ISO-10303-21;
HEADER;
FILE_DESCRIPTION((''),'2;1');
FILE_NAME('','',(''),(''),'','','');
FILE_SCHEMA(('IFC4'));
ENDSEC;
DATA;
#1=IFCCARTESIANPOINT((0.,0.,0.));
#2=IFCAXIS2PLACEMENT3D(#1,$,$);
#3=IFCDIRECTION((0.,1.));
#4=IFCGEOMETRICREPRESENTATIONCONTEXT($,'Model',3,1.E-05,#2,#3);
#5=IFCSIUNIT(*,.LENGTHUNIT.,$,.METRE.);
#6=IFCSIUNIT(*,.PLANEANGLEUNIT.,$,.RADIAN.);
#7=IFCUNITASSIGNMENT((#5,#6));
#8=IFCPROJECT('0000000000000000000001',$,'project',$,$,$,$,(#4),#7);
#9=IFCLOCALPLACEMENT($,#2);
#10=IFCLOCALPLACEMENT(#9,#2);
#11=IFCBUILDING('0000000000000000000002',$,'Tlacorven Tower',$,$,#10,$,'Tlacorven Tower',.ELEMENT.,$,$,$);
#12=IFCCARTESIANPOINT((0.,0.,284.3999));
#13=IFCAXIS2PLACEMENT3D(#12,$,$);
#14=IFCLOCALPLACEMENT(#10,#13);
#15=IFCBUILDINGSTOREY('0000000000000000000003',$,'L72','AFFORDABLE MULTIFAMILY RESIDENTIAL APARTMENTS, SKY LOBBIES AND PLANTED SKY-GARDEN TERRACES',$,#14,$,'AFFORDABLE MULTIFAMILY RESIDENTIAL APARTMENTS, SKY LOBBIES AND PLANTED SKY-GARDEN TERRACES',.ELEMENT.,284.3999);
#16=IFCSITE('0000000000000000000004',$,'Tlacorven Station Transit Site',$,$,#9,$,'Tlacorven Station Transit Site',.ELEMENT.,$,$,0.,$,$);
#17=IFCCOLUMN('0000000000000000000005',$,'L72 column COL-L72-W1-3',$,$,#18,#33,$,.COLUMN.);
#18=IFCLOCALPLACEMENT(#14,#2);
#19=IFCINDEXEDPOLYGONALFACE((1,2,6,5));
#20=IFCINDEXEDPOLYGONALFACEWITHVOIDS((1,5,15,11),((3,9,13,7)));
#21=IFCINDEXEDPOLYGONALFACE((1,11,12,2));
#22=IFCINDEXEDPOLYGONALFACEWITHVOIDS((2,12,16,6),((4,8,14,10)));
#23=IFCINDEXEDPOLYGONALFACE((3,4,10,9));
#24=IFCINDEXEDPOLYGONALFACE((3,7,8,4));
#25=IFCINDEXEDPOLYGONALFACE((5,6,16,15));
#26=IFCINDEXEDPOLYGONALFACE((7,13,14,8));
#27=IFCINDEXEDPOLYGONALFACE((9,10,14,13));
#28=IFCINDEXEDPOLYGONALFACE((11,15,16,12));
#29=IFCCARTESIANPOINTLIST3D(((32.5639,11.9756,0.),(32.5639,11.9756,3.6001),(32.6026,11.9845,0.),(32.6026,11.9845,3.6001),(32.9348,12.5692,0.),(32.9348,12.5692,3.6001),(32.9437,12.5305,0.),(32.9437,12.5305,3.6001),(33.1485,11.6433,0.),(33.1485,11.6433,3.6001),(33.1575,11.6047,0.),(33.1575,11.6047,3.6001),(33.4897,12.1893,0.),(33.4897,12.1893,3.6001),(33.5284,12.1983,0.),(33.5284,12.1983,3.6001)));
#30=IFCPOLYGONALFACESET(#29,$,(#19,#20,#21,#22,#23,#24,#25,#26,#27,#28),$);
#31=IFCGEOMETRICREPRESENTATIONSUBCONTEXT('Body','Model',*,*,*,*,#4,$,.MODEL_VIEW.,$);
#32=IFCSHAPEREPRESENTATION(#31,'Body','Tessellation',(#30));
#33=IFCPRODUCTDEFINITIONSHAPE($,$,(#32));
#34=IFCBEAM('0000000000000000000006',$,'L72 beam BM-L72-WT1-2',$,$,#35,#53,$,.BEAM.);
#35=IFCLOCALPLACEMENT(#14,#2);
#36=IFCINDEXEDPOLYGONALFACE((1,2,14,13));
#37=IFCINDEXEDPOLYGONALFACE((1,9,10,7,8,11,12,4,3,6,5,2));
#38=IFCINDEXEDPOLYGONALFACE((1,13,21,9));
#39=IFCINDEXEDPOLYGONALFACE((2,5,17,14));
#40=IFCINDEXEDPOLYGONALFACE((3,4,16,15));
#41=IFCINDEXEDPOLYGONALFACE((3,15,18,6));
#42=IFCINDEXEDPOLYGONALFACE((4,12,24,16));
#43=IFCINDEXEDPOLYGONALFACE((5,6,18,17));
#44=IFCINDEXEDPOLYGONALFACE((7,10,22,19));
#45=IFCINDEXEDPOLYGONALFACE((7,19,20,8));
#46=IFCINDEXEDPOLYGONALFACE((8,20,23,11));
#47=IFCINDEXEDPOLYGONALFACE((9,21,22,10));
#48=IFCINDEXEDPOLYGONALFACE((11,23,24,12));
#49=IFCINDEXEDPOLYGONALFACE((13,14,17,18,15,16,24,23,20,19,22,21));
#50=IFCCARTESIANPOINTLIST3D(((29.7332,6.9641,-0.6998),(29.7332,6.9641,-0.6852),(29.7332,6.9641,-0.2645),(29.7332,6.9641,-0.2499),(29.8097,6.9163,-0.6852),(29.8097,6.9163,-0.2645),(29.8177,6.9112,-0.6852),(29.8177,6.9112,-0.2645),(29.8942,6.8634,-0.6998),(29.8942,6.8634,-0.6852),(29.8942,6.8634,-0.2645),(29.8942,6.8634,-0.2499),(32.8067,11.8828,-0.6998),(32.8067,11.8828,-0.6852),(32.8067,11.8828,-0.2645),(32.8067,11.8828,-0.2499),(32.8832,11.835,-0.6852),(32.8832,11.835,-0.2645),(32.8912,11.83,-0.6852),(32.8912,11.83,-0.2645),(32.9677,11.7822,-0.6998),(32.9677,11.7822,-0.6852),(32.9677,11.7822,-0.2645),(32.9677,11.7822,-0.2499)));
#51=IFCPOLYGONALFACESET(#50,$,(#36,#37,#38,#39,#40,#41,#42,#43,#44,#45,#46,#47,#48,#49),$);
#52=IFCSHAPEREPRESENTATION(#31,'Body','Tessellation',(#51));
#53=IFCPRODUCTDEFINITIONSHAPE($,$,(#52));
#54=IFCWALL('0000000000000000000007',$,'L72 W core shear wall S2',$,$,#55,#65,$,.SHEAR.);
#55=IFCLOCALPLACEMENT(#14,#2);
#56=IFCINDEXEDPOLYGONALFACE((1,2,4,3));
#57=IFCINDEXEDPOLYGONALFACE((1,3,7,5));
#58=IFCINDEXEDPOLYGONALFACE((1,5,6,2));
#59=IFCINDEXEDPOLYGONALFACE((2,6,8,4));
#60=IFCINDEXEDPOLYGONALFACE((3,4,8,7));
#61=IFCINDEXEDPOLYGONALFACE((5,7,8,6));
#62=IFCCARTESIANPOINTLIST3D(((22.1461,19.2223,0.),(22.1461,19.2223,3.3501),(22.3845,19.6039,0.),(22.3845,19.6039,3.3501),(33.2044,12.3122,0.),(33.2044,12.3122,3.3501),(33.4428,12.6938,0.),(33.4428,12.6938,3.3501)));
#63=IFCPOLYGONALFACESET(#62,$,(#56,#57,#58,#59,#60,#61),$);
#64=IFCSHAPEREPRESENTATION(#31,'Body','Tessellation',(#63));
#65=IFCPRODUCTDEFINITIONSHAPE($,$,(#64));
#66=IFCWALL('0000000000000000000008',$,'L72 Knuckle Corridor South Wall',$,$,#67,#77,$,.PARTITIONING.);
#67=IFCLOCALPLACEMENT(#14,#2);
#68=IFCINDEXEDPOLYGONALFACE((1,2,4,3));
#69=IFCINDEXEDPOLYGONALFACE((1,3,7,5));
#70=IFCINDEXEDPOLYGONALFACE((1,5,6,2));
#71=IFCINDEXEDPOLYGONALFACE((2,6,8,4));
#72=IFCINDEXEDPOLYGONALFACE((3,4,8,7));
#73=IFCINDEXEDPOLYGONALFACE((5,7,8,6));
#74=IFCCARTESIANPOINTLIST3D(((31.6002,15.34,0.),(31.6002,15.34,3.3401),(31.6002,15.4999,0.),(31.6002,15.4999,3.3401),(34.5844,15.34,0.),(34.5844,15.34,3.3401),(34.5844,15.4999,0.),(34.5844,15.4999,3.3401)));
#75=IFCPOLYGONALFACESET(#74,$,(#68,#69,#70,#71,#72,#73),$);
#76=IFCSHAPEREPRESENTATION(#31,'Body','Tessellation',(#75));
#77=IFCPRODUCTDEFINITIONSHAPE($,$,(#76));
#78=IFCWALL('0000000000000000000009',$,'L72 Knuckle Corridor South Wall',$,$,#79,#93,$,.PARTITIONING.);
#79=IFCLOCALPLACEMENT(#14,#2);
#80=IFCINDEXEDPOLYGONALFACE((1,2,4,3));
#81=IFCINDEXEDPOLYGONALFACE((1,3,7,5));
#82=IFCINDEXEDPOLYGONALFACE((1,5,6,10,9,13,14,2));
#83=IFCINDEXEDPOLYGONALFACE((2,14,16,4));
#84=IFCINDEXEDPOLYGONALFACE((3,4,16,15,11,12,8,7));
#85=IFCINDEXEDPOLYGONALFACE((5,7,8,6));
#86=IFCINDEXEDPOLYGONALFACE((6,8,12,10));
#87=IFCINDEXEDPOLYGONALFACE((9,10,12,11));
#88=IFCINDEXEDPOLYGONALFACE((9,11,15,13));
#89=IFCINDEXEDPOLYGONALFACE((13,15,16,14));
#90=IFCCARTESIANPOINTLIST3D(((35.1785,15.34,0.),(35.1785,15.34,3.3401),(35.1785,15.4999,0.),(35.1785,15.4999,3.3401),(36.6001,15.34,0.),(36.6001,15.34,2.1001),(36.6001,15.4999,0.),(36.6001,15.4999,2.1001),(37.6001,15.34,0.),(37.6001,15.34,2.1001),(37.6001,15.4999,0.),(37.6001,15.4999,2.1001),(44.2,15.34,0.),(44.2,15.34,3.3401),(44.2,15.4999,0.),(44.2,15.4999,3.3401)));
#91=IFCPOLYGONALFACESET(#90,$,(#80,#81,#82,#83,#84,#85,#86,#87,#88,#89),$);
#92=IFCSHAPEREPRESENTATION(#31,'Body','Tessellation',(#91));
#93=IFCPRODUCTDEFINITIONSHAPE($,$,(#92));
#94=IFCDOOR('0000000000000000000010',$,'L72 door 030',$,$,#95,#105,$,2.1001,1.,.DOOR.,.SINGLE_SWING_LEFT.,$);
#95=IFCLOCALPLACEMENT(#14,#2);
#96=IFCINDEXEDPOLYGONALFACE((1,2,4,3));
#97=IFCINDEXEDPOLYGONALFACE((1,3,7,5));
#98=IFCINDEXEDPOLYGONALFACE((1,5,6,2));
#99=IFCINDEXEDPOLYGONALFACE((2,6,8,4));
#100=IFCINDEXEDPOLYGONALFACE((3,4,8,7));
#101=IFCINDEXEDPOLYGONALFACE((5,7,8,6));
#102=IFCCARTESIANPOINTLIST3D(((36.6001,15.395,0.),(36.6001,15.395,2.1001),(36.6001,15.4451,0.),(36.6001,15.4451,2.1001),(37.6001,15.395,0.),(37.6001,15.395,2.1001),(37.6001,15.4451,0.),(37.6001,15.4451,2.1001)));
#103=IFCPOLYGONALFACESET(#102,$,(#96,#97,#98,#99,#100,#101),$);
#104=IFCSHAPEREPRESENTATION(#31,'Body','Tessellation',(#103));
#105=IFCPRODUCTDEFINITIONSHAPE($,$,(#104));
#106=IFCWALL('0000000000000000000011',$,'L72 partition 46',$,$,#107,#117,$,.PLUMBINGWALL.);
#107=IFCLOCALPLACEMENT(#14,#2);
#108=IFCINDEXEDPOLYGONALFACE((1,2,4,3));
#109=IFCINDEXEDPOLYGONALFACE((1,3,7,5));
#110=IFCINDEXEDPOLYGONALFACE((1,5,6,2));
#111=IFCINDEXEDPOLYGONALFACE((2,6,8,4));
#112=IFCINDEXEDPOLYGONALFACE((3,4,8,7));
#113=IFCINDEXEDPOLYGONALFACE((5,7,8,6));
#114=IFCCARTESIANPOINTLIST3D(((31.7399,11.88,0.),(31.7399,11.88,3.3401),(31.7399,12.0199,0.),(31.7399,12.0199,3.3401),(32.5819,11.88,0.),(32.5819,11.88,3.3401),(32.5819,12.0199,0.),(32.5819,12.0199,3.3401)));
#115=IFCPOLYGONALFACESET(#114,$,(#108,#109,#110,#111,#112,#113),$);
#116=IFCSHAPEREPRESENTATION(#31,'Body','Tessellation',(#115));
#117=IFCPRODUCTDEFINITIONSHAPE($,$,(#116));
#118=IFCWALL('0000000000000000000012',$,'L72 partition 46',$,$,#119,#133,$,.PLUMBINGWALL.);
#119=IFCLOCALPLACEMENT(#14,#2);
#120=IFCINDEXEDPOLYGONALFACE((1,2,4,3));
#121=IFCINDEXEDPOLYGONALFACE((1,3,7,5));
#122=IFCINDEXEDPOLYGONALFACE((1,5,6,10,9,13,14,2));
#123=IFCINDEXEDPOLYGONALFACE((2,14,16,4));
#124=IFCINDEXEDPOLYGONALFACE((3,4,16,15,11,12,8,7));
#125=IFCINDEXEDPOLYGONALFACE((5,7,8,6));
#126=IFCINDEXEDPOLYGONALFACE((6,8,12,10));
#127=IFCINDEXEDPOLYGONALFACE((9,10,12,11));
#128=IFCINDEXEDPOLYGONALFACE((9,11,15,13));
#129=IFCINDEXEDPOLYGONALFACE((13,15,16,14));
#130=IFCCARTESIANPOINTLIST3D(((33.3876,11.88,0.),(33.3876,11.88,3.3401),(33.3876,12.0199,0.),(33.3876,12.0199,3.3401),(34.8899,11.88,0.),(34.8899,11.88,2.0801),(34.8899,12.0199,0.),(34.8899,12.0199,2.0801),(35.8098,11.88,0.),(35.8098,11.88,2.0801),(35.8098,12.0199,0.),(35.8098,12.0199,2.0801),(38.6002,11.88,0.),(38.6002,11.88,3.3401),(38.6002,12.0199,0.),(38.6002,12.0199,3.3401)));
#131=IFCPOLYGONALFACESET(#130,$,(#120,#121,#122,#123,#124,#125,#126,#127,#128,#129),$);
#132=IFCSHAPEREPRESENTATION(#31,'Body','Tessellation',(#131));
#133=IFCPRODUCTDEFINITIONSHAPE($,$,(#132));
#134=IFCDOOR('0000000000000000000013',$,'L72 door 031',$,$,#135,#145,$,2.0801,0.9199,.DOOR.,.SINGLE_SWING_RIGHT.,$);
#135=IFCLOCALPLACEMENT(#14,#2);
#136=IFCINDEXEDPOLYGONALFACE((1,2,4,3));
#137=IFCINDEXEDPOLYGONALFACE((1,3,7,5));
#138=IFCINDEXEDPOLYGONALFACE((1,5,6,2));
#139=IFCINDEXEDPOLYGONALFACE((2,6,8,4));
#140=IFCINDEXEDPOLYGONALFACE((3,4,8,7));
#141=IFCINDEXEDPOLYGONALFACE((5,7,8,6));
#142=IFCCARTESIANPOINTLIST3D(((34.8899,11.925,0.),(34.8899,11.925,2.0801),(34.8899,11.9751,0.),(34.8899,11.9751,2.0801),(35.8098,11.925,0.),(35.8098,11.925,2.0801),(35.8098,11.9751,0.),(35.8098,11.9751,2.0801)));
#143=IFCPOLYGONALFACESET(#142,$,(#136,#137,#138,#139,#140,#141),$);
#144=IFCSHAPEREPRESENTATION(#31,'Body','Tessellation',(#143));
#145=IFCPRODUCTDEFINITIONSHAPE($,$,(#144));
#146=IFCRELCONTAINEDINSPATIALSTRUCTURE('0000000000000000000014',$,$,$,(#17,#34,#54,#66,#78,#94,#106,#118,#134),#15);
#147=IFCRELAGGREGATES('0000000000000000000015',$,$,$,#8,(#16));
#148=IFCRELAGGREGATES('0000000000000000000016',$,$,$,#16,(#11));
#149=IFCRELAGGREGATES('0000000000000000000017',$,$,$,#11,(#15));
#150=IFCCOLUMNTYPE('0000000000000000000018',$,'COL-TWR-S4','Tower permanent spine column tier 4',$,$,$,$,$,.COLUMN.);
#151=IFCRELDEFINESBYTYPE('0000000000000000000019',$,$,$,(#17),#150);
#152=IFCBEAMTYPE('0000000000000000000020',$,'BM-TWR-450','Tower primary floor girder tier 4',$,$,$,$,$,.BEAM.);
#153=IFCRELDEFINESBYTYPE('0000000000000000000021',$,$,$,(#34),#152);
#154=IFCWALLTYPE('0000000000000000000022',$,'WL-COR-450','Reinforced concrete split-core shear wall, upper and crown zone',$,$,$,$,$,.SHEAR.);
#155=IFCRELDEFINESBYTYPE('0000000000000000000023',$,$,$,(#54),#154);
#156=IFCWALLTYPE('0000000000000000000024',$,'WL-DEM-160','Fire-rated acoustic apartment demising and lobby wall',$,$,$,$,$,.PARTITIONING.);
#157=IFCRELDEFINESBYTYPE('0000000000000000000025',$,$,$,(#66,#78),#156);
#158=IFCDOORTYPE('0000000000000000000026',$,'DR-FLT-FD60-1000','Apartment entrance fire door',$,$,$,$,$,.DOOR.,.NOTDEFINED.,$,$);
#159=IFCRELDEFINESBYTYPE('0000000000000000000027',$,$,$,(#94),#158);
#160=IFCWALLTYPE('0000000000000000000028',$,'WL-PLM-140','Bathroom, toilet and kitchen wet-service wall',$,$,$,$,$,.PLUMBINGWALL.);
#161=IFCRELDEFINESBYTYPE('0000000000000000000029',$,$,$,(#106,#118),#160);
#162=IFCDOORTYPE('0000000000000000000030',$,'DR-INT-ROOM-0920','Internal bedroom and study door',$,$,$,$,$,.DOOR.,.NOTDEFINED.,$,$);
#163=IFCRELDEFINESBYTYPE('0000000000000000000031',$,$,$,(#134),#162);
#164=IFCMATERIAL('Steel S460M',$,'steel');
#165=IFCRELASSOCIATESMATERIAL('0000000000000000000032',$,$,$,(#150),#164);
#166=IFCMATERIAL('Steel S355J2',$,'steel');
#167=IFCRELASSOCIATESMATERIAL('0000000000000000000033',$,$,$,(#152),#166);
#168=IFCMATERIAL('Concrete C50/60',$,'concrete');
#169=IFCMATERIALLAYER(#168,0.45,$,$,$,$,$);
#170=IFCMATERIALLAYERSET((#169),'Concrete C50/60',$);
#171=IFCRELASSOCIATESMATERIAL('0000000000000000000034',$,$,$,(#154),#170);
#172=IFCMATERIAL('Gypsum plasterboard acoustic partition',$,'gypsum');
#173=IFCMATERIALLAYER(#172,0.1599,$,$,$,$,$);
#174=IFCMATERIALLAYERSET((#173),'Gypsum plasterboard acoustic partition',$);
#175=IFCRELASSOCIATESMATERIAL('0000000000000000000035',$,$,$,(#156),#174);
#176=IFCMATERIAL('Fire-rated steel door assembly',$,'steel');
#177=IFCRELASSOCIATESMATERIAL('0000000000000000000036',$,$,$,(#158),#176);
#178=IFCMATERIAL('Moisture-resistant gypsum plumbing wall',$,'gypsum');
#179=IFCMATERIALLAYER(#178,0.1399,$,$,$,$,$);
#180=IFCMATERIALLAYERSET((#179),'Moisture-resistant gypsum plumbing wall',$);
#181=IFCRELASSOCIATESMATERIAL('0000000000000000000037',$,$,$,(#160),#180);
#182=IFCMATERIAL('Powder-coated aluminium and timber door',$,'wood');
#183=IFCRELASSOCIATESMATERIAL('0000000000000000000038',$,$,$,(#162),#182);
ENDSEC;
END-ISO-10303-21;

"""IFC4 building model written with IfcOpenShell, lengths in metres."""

from ifc_helpers import new_model, si_unit, direction, frame, frame_2d, origin, origin_2d, place, context, subcontext, project, spatial, rectangle, hollow_rectangle, i_section, extrude, source, transform, mapped, material, layer, layer_set, material_profile, profile_set, type_object, element, fill, save


model = new_model("IFC4")

# Units and contexts
model_context = context("Model", 3, precision=1e-05, world=origin(), true_north=direction((0.0, 1.0)))
body_context = subcontext(model_context, "Body", "Model", "MODEL_VIEW")
ifc_project = project(units=[si_unit("LENGTHUNIT", "METRE"), si_unit("PLANEANGLEUNIT", "RADIAN")], contexts=[model_context])

# Site, building, storey
site_placement = place(None, origin())
site = spatial("IfcSite", under=ifc_project, at=site_placement, Name="Tlacorven Station Transit Site", LongName="Tlacorven Station Transit Site", CompositionType="ELEMENT", RefElevation=0.0)
building_placement = place(site_placement, origin())
building = spatial("IfcBuilding", under=site, at=building_placement, Name="Tlacorven Tower", LongName="Tlacorven Tower", CompositionType="ELEMENT")
storey_placement = place(building_placement, frame((0.0, 0.0, 284.3999)))
storey = spatial("IfcBuildingStorey", under=building, at=storey_placement, Name="L72", Description="AFFORDABLE MULTIFAMILY RESIDENTIAL APARTMENTS, SKY LOBBIES AND PLANTED SKY-GARDEN TERRACES", LongName="AFFORDABLE MULTIFAMILY RESIDENTIAL APARTMENTS, SKY LOBBIES AND PLANTED SKY-GARDEN TERRACES", CompositionType="ELEMENT", Elevation=284.3999)

# Column
ifc_material_1 = material(Name="Steel S460M", Category="steel")
ifc_material_profile_1 = material_profile(ifc_material_1, hollow_rectangle(XDim=0.7, YDim=0.7, WallThickness=0.0281, at=origin_2d()), Name="BOX 700X700X28")
ifc_profile_set_1 = profile_set([ifc_material_profile_1], Name="Steel S460M")
column_type = type_object("IfcColumnType", Name="COL-TWR-S4", Description="Tower permanent spine column tier 4", PredefinedType="COLUMN", material=ifc_profile_set_1)
shared_shape_1 = source(origin(), body_context, "Body", "SweptSolid", [
    extrude(hollow_rectangle(XDim=0.7, YDim=0.7, WallThickness=0.0281, at=origin_2d()), origin(), (0.0, 0.0, 1.0), 3.6001),
])
column_placement = place(storey_placement, frame((33.0461, 12.0869, 0.0), z_axis=(0.0, 0.0, 1.0), x_axis=(-0.848048, 0.529919, 0.0)))
element("IfcColumn", 1, at=column_placement, inside=storey, type_object=column_type, Name="L72 column COL-L72-W1-3", PredefinedType="COLUMN", context=body_context, shape_type="MappedRepresentation", body=[
    mapped(shared_shape_1, transform((0.0, 0.0, 0.0), scale=1.0)),
])

# Beam
ifc_material_2 = material(Name="Steel S355J2", Category="steel")
ifc_material_profile_2 = material_profile(ifc_material_2, i_section(OverallWidth=0.1899, OverallDepth=0.45, WebThickness=0.0095, FlangeThickness=0.0146, at=origin_2d()), Name="IPE 450")
ifc_profile_set_2 = profile_set([ifc_material_profile_2], Name="Steel S355J2")
beam_type = type_object("IfcBeamType", Name="BM-TWR-450", Description="Tower primary floor girder tier 4", PredefinedType="BEAM", material=ifc_profile_set_2)
shared_shape_2 = source(origin(), body_context, "Body", "SweptSolid", [
    extrude(i_section(OverallWidth=0.1899, OverallDepth=0.45, WebThickness=0.0095, FlangeThickness=0.0146, at=origin_2d()), origin(), (0.0, 0.0, 1.0), 5.8),
])
beam_placement = place(storey_placement, frame((32.8872, 11.8325, -0.4749), z_axis=(-0.529912, -0.848053, 0.0), x_axis=(0.848053, -0.529912, 0.0)))
element("IfcBeam", 2, at=beam_placement, inside=storey, type_object=beam_type, Name="L72 beam BM-L72-WT1-2", PredefinedType="BEAM", context=body_context, shape_type="MappedRepresentation", body=[
    mapped(shared_shape_2, transform((0.0, 0.0, 0.0), scale=1.0)),
])

# Walls
ifc_material_3 = material(Name="Concrete C50/60", Category="concrete")
ifc_layer_1 = layer(ifc_material_3, 0.45)
ifc_layer_set_1 = layer_set([ifc_layer_1], Name="Concrete C50/60")
wall_type_1 = type_object("IfcWallType", Name="WL-COR-450", Description="Reinforced concrete split-core shear wall, upper and crown zone", PredefinedType="SHEAR", material=ifc_layer_set_1)
wall_1_placement = place(storey_placement, frame((33.3237, 12.5029, 0.0), z_axis=(0.0, 0.0, 1.0), x_axis=(-0.848044, 0.529927, 0.0)))
element("IfcWall", 3, at=wall_1_placement, inside=storey, type_object=wall_type_1, Name="L72 W core shear wall S2", PredefinedType="SHEAR", context=body_context, shape_type="SweptSolid", body=[
    extrude(rectangle(XDim=13.0398, YDim=0.45, at=frame_2d((6.52, 0.0))), origin(), (0.0, 0.0, 1.0), 3.3501),
])
ifc_material_4 = material(Name="Gypsum plasterboard acoustic partition", Category="gypsum")
ifc_layer_2 = layer(ifc_material_4, 0.1599)
ifc_layer_set_2 = layer_set([ifc_layer_2], Name="Gypsum plasterboard acoustic partition")
wall_type_2 = type_object("IfcWallType", Name="WL-DEM-160", Description="Fire-rated acoustic apartment demising and lobby wall", PredefinedType="PARTITIONING", material=ifc_layer_set_2)
wall_2_placement = place(storey_placement, frame((31.6001, 15.4199, 0.0), z_axis=(0.0, 0.0, 1.0), x_axis=(1.0, 0.0, 0.0)))
element("IfcWall", 4, at=wall_2_placement, inside=storey, type_object=wall_type_2, Name="L72 Knuckle Corridor South Wall", PredefinedType="PARTITIONING", context=body_context, shape_type="SweptSolid", body=[
    extrude(rectangle(XDim=2.9841, YDim=0.1599, at=frame_2d((1.4922, 0.0))), origin(), (0.0, 0.0, 1.0), 3.3401),
])

# Wall, opening, door
wall_3_placement = place(storey_placement, frame((35.1785, 15.4199, 0.0), z_axis=(0.0, 0.0, 1.0), x_axis=(1.0, 0.0, 0.0)))
wall_3 = element("IfcWall", 5, at=wall_3_placement, inside=storey, type_object=wall_type_2, Name="L72 Knuckle Corridor South Wall", PredefinedType="PARTITIONING", context=body_context, shape_type="SweptSolid", body=[
    extrude(rectangle(XDim=9.0215, YDim=0.1599, at=frame_2d((4.5107, 0.0))), origin(), (0.0, 0.0, 1.0), 3.3401),
])
opening_1_placement = place(wall_3_placement, frame((1.4216, 0.0, 0.0)))
opening_1 = element("IfcOpeningElement", 6, at=opening_1_placement, cuts=wall_3, PredefinedType="OPENING", context=body_context, shape_type="SweptSolid", body=[
    extrude(rectangle(XDim=1.0, YDim=2.1001, at=frame_2d((0.5, 1.05))), frame((0.0, 0.0898, 0.0), z_axis=(0.0, -1.0, 0.0), x_axis=(1.0, 0.0, 0.0)), (0.0, 0.0, 1.0), 0.1799),
])
ifc_material_5 = material(Name="Fire-rated steel door assembly", Category="steel")
door_type_1 = type_object("IfcDoorType", Name="DR-FLT-FD60-1000", Description="Apartment entrance fire door", OperationType="NOTDEFINED", PredefinedType="DOOR", material=ifc_material_5)
shared_shape_3 = source(origin(), body_context, "Body", "SweptSolid", [
    extrude(rectangle(XDim=1.0, YDim=2.1001, at=frame_2d((0.5, 1.05))), frame((0.0, 0.0249, 0.0), z_axis=(0.0, -1.0, 0.0), x_axis=(1.0, 0.0, 0.0)), (0.0, 0.0, 1.0), 0.05),
])
door_1_placement = place(opening_1_placement, frame((1.0, 0.0, 0.0), z_axis=(0.0, 0.0, 1.0), x_axis=(-1.0, 0.0, 0.0)))
door_1 = element("IfcDoor", 7, at=door_1_placement, inside=storey, type_object=door_type_1, Name="L72 door 030", OperationType="SINGLE_SWING_LEFT", OverallHeight=2.1001, OverallWidth=1.0, PredefinedType="DOOR", context=body_context, shape_type="MappedRepresentation", body=[
    mapped(shared_shape_3, transform((0.0, 0.0, 0.0), scale=1.0)),
])
fill(opening_1, door_1)

# Wall
ifc_material_6 = material(Name="Moisture-resistant gypsum plumbing wall", Category="gypsum")
ifc_layer_3 = layer(ifc_material_6, 0.1399)
ifc_layer_set_3 = layer_set([ifc_layer_3], Name="Moisture-resistant gypsum plumbing wall")
wall_type_3 = type_object("IfcWallType", Name="WL-PLM-140", Description="Bathroom, toilet and kitchen wet-service wall", PredefinedType="PLUMBINGWALL", material=ifc_layer_set_3)
wall_4_placement = place(storey_placement, frame((31.74, 11.95, 0.0), z_axis=(0.0, 0.0, 1.0), x_axis=(1.0, 0.0, 0.0)))
element("IfcWall", 8, at=wall_4_placement, inside=storey, type_object=wall_type_3, Name="L72 partition 46", PredefinedType="PLUMBINGWALL", context=body_context, shape_type="SweptSolid", body=[
    extrude(rectangle(XDim=0.842, YDim=0.1399, at=frame_2d((0.4209, 0.0))), origin(), (0.0, 0.0, 1.0), 3.3401),
])

# Wall, opening, door
wall_5_placement = place(storey_placement, frame((33.3875, 11.95, 0.0), z_axis=(0.0, 0.0, 1.0), x_axis=(1.0, 0.0, 0.0)))
wall_5 = element("IfcWall", 9, at=wall_5_placement, inside=storey, type_object=wall_type_3, Name="L72 partition 46", PredefinedType="PLUMBINGWALL", context=body_context, shape_type="SweptSolid", body=[
    extrude(rectangle(XDim=5.2126, YDim=0.1399, at=frame_2d((2.6064, 0.0))), origin(), (0.0, 0.0, 1.0), 3.3401),
])
opening_2_placement = place(wall_5_placement, frame((1.5024, 0.0, 0.0)))
opening_2 = element("IfcOpeningElement", 10, at=opening_2_placement, cuts=wall_5, PredefinedType="OPENING", context=body_context, shape_type="SweptSolid", body=[
    extrude(rectangle(XDim=0.9199, YDim=2.0801, at=frame_2d((0.46, 1.04))), frame((0.0, 0.0801, 0.0), z_axis=(0.0, -1.0, 0.0), x_axis=(1.0, 0.0, 0.0)), (0.0, 0.0, 1.0), 0.1599),
])
ifc_material_7 = material(Name="Powder-coated aluminium and timber door", Category="wood")
door_type_2 = type_object("IfcDoorType", Name="DR-INT-ROOM-0920", Description="Internal bedroom and study door", OperationType="NOTDEFINED", PredefinedType="DOOR", material=ifc_material_7)
shared_shape_4 = source(origin(), body_context, "Body", "SweptSolid", [
    extrude(rectangle(XDim=0.9199, YDim=2.0801, at=frame_2d((0.46, 1.04))), frame((0.0, 0.0249, 0.0), z_axis=(0.0, -1.0, 0.0), x_axis=(1.0, 0.0, 0.0)), (0.0, 0.0, 1.0), 0.05),
])
door_2_placement = place(opening_2_placement, frame((0.9199, 0.0, 0.0), z_axis=(0.0, 0.0, 1.0), x_axis=(-1.0, 0.0, 0.0)))
door_2 = element("IfcDoor", 11, at=door_2_placement, inside=storey, type_object=door_type_2, Name="L72 door 031", OperationType="SINGLE_SWING_RIGHT", OverallHeight=2.0801, OverallWidth=0.9199, PredefinedType="DOOR", context=body_context, shape_type="MappedRepresentation", body=[
    mapped(shared_shape_4, transform((0.0, 0.0, 0.0), scale=1.0)),
])
fill(opening_2, door_2)

save(model, "model.ifc")
